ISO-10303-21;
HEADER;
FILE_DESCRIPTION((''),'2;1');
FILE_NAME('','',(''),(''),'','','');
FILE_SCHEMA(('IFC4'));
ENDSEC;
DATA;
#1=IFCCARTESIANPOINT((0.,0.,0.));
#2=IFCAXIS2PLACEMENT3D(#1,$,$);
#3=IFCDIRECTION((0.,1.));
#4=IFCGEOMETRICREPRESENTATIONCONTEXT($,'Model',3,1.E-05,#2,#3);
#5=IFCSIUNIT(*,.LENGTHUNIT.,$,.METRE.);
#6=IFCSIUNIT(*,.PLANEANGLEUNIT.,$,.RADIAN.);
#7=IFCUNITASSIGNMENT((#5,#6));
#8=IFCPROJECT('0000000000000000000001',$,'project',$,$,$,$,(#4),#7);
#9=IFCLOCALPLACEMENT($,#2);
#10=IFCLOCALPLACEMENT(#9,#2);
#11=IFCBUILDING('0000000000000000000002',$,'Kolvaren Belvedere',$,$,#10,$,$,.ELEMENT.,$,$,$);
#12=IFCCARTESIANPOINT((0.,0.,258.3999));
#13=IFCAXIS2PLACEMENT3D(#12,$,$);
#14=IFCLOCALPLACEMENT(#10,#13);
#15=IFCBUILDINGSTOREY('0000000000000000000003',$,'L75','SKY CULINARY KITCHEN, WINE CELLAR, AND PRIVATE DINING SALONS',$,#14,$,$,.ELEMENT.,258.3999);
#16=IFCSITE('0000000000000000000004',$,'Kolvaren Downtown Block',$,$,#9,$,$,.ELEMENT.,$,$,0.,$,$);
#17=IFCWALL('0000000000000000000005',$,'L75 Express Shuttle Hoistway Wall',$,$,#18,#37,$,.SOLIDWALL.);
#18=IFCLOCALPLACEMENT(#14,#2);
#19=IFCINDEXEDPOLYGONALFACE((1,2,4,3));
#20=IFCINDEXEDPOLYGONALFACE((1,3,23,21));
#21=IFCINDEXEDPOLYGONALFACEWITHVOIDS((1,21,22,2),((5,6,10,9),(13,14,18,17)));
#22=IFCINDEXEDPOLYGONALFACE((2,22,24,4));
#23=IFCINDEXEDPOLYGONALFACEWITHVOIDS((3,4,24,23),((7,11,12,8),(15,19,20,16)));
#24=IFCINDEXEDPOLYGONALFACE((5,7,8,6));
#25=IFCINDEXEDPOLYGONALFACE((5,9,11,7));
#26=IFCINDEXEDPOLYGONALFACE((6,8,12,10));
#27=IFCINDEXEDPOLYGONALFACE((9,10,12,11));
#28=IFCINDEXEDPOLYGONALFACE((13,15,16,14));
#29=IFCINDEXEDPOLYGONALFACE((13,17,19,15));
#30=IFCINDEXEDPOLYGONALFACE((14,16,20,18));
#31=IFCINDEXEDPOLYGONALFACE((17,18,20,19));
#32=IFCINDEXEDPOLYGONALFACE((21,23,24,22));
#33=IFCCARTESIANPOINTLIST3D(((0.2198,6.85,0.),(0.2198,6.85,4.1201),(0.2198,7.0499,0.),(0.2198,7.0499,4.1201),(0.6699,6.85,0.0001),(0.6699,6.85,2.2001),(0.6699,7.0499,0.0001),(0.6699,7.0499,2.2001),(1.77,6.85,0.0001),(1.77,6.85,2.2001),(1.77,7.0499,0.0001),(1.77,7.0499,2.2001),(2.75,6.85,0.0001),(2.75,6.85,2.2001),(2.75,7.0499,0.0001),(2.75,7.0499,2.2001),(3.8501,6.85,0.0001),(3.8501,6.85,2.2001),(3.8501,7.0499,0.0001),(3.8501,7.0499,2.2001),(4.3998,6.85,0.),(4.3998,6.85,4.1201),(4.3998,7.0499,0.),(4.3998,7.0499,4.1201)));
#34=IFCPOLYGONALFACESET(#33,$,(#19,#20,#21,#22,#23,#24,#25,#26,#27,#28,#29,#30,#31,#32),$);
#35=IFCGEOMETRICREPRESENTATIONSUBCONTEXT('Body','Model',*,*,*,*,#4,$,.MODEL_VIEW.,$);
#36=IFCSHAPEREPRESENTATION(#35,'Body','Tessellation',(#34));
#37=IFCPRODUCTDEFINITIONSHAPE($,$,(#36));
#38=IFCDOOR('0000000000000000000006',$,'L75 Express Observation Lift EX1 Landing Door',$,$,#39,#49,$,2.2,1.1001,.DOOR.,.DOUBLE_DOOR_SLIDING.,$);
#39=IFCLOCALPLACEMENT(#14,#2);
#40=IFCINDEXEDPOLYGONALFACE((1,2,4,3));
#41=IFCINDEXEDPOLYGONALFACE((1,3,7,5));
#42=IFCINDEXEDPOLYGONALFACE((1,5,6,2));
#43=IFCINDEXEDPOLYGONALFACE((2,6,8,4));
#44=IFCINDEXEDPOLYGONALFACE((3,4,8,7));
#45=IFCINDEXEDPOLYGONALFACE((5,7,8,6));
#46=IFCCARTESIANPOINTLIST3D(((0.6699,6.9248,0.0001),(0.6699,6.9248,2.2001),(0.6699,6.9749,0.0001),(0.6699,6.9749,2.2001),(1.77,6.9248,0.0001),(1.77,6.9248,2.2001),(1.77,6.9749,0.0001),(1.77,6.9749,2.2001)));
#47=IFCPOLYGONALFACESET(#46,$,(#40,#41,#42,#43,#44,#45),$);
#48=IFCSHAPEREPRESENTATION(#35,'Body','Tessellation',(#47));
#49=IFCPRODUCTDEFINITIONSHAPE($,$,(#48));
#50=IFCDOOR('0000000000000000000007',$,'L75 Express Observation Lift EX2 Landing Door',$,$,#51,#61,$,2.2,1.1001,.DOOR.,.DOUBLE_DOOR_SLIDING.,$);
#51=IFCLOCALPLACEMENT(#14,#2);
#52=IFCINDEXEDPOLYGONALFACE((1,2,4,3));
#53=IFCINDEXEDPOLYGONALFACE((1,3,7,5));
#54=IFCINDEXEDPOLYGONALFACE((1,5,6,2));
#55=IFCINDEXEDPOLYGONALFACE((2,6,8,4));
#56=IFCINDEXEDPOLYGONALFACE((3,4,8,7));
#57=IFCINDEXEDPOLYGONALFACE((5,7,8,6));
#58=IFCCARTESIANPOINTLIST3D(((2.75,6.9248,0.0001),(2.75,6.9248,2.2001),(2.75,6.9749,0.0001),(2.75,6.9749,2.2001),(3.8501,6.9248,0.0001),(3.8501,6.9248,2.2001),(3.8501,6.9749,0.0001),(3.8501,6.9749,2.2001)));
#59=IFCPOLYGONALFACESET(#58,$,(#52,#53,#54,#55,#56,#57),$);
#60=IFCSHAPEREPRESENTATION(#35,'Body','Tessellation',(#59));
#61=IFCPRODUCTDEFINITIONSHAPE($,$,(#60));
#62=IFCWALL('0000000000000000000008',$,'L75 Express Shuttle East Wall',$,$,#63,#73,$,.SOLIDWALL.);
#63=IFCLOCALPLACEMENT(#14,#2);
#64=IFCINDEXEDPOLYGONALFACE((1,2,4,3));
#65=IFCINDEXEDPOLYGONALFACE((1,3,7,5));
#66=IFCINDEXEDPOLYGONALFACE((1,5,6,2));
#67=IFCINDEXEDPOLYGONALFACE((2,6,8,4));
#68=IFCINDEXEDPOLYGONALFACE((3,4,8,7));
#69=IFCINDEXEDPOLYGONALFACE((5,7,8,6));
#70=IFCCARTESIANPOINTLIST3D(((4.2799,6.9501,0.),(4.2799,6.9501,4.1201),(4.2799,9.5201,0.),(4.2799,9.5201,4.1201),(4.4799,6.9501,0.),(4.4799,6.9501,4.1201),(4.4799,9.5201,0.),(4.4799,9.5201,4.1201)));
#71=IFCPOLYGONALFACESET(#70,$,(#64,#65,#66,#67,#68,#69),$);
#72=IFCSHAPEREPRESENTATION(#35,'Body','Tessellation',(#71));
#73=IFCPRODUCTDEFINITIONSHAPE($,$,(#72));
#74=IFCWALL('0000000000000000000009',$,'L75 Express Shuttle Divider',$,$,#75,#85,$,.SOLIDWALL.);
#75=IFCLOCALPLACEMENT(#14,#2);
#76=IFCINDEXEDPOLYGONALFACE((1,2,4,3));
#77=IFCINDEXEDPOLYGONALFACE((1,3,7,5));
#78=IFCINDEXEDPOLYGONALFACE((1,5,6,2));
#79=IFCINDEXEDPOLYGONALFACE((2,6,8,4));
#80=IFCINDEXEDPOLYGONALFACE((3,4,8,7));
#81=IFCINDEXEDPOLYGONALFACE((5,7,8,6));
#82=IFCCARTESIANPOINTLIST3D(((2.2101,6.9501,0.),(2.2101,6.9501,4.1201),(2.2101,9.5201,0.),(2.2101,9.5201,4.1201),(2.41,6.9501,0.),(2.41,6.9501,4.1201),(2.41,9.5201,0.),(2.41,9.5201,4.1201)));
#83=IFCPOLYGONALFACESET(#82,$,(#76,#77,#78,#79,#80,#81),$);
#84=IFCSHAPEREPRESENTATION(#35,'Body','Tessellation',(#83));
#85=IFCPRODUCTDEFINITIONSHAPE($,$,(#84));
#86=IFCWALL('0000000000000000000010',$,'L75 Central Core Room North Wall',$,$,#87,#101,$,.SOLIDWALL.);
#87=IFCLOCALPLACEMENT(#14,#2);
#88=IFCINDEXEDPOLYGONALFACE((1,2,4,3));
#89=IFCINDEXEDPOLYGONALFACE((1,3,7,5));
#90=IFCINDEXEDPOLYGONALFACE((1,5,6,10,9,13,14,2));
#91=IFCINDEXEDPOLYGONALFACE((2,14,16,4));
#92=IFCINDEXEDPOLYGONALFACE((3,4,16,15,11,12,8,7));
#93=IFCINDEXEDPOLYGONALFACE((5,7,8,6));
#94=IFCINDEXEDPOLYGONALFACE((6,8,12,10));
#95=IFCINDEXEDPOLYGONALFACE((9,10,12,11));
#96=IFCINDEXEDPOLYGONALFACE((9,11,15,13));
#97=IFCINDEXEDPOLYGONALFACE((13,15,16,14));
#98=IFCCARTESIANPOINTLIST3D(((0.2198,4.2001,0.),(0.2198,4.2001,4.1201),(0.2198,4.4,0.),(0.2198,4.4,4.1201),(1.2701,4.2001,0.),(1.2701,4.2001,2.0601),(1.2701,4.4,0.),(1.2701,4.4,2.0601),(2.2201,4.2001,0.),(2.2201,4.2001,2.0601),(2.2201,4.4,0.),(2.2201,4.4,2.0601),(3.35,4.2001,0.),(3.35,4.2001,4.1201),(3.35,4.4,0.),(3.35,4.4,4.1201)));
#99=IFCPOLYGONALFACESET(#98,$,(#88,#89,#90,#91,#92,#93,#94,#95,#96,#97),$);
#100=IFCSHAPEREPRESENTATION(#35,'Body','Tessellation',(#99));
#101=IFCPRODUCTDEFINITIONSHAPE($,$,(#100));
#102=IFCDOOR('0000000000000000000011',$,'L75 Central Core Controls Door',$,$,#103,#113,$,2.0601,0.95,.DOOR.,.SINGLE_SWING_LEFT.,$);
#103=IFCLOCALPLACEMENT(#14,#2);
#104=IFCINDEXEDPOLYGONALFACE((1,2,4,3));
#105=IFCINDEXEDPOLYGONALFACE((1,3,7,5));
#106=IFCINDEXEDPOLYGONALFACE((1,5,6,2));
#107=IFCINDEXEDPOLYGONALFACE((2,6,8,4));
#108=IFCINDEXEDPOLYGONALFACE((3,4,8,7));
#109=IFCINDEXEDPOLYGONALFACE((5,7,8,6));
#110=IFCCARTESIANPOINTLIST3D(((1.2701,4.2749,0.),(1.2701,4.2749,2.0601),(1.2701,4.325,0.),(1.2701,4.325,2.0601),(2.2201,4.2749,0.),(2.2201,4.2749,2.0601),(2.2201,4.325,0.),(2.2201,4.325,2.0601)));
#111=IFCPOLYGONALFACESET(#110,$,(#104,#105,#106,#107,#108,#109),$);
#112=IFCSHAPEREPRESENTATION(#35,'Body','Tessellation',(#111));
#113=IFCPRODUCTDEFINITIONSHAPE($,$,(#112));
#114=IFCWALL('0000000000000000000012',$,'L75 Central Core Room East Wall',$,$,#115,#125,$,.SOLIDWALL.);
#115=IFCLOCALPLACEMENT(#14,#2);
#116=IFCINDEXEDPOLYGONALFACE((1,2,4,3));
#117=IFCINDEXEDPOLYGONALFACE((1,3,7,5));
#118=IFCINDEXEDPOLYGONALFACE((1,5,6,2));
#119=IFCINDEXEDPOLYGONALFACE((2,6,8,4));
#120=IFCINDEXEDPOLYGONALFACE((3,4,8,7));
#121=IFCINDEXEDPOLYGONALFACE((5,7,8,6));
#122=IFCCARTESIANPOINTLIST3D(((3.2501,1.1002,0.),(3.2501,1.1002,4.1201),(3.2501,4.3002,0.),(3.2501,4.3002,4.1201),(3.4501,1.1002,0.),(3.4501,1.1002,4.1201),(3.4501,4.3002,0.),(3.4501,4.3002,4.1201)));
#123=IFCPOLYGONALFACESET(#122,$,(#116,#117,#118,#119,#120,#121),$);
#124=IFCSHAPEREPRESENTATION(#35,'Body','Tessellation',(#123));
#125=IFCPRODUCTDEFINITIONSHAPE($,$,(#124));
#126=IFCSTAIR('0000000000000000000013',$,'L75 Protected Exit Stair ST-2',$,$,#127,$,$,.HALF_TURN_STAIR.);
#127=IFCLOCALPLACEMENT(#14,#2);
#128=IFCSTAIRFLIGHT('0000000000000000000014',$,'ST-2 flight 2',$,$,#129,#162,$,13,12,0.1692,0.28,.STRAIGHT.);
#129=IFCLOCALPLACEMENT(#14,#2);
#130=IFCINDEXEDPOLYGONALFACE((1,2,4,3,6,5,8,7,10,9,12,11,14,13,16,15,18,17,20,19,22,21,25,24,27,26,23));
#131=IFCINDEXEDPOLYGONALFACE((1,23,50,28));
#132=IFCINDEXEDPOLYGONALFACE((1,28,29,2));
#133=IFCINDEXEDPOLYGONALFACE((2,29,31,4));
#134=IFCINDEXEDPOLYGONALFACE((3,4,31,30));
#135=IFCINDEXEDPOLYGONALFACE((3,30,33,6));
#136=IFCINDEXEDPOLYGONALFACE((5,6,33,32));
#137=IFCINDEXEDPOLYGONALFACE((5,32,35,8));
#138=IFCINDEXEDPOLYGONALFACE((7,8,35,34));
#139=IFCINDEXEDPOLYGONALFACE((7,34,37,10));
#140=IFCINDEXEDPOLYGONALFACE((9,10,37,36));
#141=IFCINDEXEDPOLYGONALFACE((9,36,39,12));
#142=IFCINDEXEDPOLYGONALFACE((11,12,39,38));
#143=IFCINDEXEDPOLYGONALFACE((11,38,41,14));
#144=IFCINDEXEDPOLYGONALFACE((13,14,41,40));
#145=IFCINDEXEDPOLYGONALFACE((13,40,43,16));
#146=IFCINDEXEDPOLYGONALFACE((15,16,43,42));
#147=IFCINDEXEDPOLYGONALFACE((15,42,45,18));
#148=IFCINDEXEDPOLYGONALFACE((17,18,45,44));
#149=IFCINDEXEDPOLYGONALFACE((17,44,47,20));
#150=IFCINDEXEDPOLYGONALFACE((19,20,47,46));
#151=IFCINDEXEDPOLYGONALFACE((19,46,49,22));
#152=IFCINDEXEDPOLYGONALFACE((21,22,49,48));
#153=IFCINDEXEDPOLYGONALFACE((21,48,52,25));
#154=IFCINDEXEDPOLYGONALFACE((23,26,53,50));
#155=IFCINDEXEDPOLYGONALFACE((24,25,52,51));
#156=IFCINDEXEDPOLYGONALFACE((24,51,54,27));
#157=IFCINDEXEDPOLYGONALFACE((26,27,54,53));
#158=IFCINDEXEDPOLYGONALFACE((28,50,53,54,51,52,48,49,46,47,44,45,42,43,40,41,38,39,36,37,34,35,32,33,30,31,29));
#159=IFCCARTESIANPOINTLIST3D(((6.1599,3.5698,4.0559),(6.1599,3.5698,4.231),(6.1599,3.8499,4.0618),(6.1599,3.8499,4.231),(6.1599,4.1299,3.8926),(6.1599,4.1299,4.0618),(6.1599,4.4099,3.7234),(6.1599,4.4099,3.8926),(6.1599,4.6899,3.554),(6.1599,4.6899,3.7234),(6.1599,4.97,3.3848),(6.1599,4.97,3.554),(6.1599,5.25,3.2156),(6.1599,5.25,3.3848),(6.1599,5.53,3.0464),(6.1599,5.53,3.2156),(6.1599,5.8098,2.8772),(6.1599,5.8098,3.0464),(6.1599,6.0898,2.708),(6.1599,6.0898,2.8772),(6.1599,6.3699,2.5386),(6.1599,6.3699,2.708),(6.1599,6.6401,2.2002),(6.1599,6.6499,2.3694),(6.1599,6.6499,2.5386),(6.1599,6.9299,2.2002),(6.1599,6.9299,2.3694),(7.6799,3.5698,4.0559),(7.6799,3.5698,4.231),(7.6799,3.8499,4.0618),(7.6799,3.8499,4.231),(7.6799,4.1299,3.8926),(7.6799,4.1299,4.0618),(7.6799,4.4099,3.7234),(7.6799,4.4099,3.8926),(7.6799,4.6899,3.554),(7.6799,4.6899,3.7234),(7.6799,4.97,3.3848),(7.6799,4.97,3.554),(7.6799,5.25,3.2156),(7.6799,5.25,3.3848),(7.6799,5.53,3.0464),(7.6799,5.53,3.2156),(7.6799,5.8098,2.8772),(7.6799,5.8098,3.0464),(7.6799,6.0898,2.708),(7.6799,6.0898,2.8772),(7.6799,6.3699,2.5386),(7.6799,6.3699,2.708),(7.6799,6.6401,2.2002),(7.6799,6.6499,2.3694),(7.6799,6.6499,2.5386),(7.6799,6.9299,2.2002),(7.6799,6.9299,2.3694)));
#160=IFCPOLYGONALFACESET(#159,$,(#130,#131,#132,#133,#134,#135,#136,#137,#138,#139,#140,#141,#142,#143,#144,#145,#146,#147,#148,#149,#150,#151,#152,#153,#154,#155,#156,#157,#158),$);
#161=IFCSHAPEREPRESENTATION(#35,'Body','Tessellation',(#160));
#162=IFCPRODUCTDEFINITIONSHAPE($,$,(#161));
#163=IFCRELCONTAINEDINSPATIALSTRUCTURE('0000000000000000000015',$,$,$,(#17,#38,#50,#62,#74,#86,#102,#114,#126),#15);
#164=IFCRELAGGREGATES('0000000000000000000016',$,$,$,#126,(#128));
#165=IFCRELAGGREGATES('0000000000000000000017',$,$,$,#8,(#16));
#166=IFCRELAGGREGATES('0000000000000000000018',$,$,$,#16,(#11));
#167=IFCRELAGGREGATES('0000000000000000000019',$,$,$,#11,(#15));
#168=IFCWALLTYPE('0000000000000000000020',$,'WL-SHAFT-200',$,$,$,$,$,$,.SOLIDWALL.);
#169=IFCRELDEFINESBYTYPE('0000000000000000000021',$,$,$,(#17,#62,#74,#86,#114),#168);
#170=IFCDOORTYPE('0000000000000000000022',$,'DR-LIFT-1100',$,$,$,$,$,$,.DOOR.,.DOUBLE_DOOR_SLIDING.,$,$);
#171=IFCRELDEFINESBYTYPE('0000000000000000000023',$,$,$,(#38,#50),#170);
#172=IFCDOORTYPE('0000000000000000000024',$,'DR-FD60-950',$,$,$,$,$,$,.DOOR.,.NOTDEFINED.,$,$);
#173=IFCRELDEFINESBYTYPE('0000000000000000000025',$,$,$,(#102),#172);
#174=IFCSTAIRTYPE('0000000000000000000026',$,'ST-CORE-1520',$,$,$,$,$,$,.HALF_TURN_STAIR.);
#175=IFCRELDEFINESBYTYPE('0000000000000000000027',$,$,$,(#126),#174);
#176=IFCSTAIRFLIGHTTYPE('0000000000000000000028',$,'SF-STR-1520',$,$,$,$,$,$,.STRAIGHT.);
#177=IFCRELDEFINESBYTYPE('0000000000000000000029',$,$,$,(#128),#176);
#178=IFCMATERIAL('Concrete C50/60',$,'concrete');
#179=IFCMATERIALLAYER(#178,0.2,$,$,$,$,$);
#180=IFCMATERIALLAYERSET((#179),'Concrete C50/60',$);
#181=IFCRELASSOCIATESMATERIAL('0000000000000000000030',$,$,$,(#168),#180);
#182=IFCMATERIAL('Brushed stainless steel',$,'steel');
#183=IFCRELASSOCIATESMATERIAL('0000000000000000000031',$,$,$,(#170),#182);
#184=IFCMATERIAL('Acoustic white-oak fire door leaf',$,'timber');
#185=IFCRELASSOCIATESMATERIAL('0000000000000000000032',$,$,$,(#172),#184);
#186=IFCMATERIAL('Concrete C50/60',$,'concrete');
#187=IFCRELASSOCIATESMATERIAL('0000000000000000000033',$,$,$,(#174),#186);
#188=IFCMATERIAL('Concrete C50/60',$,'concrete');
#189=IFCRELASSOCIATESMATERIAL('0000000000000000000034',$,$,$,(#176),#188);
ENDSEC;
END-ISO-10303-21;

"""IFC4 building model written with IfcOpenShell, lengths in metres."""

from ifc_helpers import new_model, si_unit, direction, frame, frame_2d, origin, place, context, subcontext, project, spatial, polyline, rectangle, outline, extrude, material, layer, layer_set, type_object, element, fill, aggregate, save


model = new_model("IFC4")

# Units and contexts
model_context = context("Model", 3, precision=1e-05, world=origin(), true_north=direction((0.0, 1.0)))
body_context = subcontext(model_context, "Body", "Model", "MODEL_VIEW")
ifc_project = project(units=[si_unit("LENGTHUNIT", "METRE"), si_unit("PLANEANGLEUNIT", "RADIAN")], contexts=[model_context])

# Site, building, storey
site_placement = place(None, origin())
site = spatial("IfcSite", under=ifc_project, at=site_placement, Name="Kolvaren Downtown Block", CompositionType="ELEMENT", RefElevation=0.0)
building_placement = place(site_placement, origin())
building = spatial("IfcBuilding", under=site, at=building_placement, Name="Kolvaren Belvedere", CompositionType="ELEMENT")
storey_placement = place(building_placement, frame((0.0, 0.0, 258.3999)))
storey = spatial("IfcBuildingStorey", under=building, at=storey_placement, Name="L75", Description="SKY CULINARY KITCHEN, WINE CELLAR, AND PRIVATE DINING SALONS", CompositionType="ELEMENT", Elevation=258.3999)

# Shared definitions
ifc_material_1 = material(Name="Concrete C50/60", Category="concrete")
ifc_layer_1 = layer(ifc_material_1, 0.2)
ifc_layer_set_1 = layer_set([ifc_layer_1], Name="Concrete C50/60")
wall_type_1 = type_object("IfcWallType", Name="WL-SHAFT-200", PredefinedType="SOLIDWALL", material=ifc_layer_set_1)

# Wall, openings, doors
wall_1_placement = place(storey_placement, frame((0.22, 6.95, 0.0), z_axis=(0.0, 0.0, 1.0), x_axis=(1.0, 0.0, 0.0)))
wall_1 = element("IfcWall", 1, at=wall_1_placement, inside=storey, type_object=wall_type_1, Name="L75 Express Shuttle Hoistway Wall", PredefinedType="SOLIDWALL", context=body_context, shape_type="SweptSolid", body=[
    extrude(rectangle(XDim=4.1799, YDim=0.2, at=frame_2d((2.0898, 0.0))), origin(), (0.0, 0.0, 1.0), 4.1201),
])
opening_1_placement = place(wall_1_placement, frame((0.45, 0.0, 0.0)))
opening_1 = element("IfcOpeningElement", 2, at=opening_1_placement, cuts=wall_1, PredefinedType="OPENING", context=body_context, shape_type="SweptSolid", body=[
    extrude(rectangle(XDim=1.1001, YDim=2.2, at=frame_2d((0.55, 1.1001))), frame((0.0, 0.1099, 0.0), z_axis=(0.0, -1.0, 0.0), x_axis=(1.0, 0.0, 0.0)), (0.0, 0.0, 1.0), 0.22),
])
opening_2_placement = place(wall_1_placement, frame((2.53, 0.0, 0.0)))
opening_2 = element("IfcOpeningElement", 3, at=opening_2_placement, cuts=wall_1, PredefinedType="OPENING", context=body_context, shape_type="SweptSolid", body=[
    extrude(rectangle(XDim=1.1001, YDim=2.2, at=frame_2d((0.55, 1.1001))), frame((0.0, 0.1099, 0.0), z_axis=(0.0, -1.0, 0.0), x_axis=(1.0, 0.0, 0.0)), (0.0, 0.0, 1.0), 0.22),
])
ifc_material_2 = material(Name="Brushed stainless steel", Category="steel")
door_type_1 = type_object("IfcDoorType", Name="DR-LIFT-1100", OperationType="DOUBLE_DOOR_SLIDING", PredefinedType="DOOR", material=ifc_material_2)
door_1_placement = place(opening_1_placement, origin())
door_1 = element("IfcDoor", 4, at=door_1_placement, inside=storey, type_object=door_type_1, Name="L75 Express Observation Lift EX1 Landing Door", OperationType="DOUBLE_DOOR_SLIDING", OverallHeight=2.2, OverallWidth=1.1001, PredefinedType="DOOR", context=body_context, shape_type="SweptSolid", body=[
    extrude(rectangle(XDim=1.1001, YDim=2.2, at=frame_2d((0.55, 1.1001))), frame((0.0, 0.0249, 0.0), z_axis=(0.0, -1.0, 0.0), x_axis=(1.0, 0.0, 0.0)), (0.0, 0.0, 1.0), 0.05),
])
fill(opening_1, door_1)
door_2_placement = place(opening_2_placement, origin())
door_2 = element("IfcDoor", 5, at=door_2_placement, inside=storey, type_object=door_type_1, Name="L75 Express Observation Lift EX2 Landing Door", OperationType="DOUBLE_DOOR_SLIDING", OverallHeight=2.2, OverallWidth=1.1001, PredefinedType="DOOR", context=body_context, shape_type="SweptSolid", body=[
    extrude(rectangle(XDim=1.1001, YDim=2.2, at=frame_2d((0.55, 1.1001))), frame((0.0, 0.0249, 0.0), z_axis=(0.0, -1.0, 0.0), x_axis=(1.0, 0.0, 0.0)), (0.0, 0.0, 1.0), 0.05),
])
fill(opening_2, door_2)

# Walls
for number, where, z_axis, x_axis, name in (
    (6, (4.3799, 6.95, 0.0), (0.0, 0.0, 1.0), (0.0, 1.0, 0.0), "L75 Express Shuttle East Wall"),
    (7, (2.3101, 6.95, 0.0), (0.0, 0.0, 1.0), (0.0, 1.0, 0.0), "L75 Express Shuttle Divider"),
):
    element("IfcWall", number, at=place(storey_placement, frame(where, z_axis=z_axis, x_axis=x_axis)), inside=storey, type_object=wall_type_1, Name=name, PredefinedType="SOLIDWALL", context=body_context, shape_type="SweptSolid", body=[
        extrude(rectangle(XDim=2.5701, YDim=0.2, at=frame_2d((1.2852, 0.0))), origin(), (0.0, 0.0, 1.0), 4.1201),
    ])

# Wall, opening, door
wall_2_placement = place(storey_placement, frame((0.22, 4.3, 0.0), z_axis=(0.0, 0.0, 1.0), x_axis=(1.0, 0.0, 0.0)))
wall_2 = element("IfcWall", 8, at=wall_2_placement, inside=storey, type_object=wall_type_1, Name="L75 Central Core Room North Wall", PredefinedType="SOLIDWALL", context=body_context, shape_type="SweptSolid", body=[
    extrude(rectangle(XDim=3.1301, YDim=0.2, at=frame_2d((1.5649, 0.0))), origin(), (0.0, 0.0, 1.0), 4.1201),
])
opening_3_placement = place(wall_2_placement, frame((1.05, 0.0, 0.0)))
opening_3 = element("IfcOpeningElement", 9, at=opening_3_placement, cuts=wall_2, PredefinedType="OPENING", context=body_context, shape_type="SweptSolid", body=[
    extrude(rectangle(XDim=0.95, YDim=2.0601, at=frame_2d((0.4751, 1.03))), frame((0.0, 0.1099, 0.0), z_axis=(0.0, -1.0, 0.0), x_axis=(1.0, 0.0, 0.0)), (0.0, 0.0, 1.0), 0.22),
])
ifc_material_3 = material(Name="Acoustic white-oak fire door leaf", Category="timber")
door_type_2 = type_object("IfcDoorType", Name="DR-FD60-950", OperationType="NOTDEFINED", PredefinedType="DOOR", material=ifc_material_3)
door_3_placement = place(opening_3_placement, origin())
door_3 = element("IfcDoor", 10, at=door_3_placement, inside=storey, type_object=door_type_2, Name="L75 Central Core Controls Door", OperationType="SINGLE_SWING_LEFT", OverallHeight=2.0601, OverallWidth=0.95, PredefinedType="DOOR", context=body_context, shape_type="SweptSolid", body=[
    extrude(rectangle(XDim=0.95, YDim=2.0601, at=frame_2d((0.4751, 1.03))), frame((0.0, 0.0249, 0.0), z_axis=(0.0, -1.0, 0.0), x_axis=(1.0, 0.0, 0.0)), (0.0, 0.0, 1.0), 0.05),
])
fill(opening_3, door_3)

# Wall
wall_3_placement = place(storey_placement, frame((3.3501, 1.1001, 0.0), z_axis=(0.0, 0.0, 1.0), x_axis=(0.0, 1.0, 0.0)))
element("IfcWall", 11, at=wall_3_placement, inside=storey, type_object=wall_type_1, Name="L75 Central Core Room East Wall", PredefinedType="SOLIDWALL", context=body_context, shape_type="SweptSolid", body=[
    extrude(rectangle(XDim=3.2, YDim=0.2, at=frame_2d((1.6001, 0.0))), origin(), (0.0, 0.0, 1.0), 4.1201),
])

# Stair, stair flight
ifc_material_4 = material(Name="Concrete C50/60", Category="concrete")
stair_type = type_object("IfcStairType", Name="ST-CORE-1520", PredefinedType="HALF_TURN_STAIR", material=ifc_material_4)
stair_placement = place(storey_placement, origin())
stair = element("IfcStair", 12, at=stair_placement, inside=storey, type_object=stair_type, Name="L75 Protected Exit Stair ST-2", PredefinedType="HALF_TURN_STAIR")
ifc_material_5 = material(Name="Concrete C50/60", Category="concrete")
stair_flight_type = type_object("IfcStairFlightType", Name="SF-STR-1520", PredefinedType="STRAIGHT", material=ifc_material_5)
stair_flight_placement = place(storey_placement, frame((6.9199, 6.9299, 2.2002), z_axis=(0.0, 0.0, 1.0), x_axis=(0.0, -1.0, 0.0)))
stair_flight = element("IfcStairFlight", 13, at=stair_flight_placement, type_object=stair_flight_type, Name="ST-2 flight 2", NumberOfRisers=13, NumberOfTreads=12, PredefinedType="STRAIGHT", RiserHeight=0.1692, TreadLength=0.28, context=body_context, shape_type="SweptSolid", body=[
    extrude(outline(polyline([(0.0, 0.0), (0.0, 0.1692), (0.28, 0.1692), (0.28, 0.3384), (0.5601, 0.3384), (0.5601, 0.5078), (0.8401, 0.5078), (0.8401, 0.677), (1.1201, 0.677), (1.1201, 0.8462), (1.3999, 0.8462), (1.3999, 1.0154), (1.6799, 1.0154), (1.6799, 1.1846), (1.96, 1.1846), (1.96, 1.3538), (2.24, 1.3538), (2.24, 1.5232), (2.52, 1.5232), (2.52, 1.6924), (2.8, 1.6924), (2.8, 1.8616), (3.0801, 1.8616), (3.0801, 2.0308), (3.3601, 2.0308), (3.3601, 2.2), (3.3601, 1.8557), (0.2898, 0.0), (0.0, 0.0)])), frame((0.0, 0.76, 0.0), z_axis=(0.0, -1.0, 0.0), x_axis=(1.0, 0.0, 0.0)), (0.0, 0.0, 1.0), 1.52),
])
aggregate(stair, [stair_flight])

save(model, "model.ifc")
